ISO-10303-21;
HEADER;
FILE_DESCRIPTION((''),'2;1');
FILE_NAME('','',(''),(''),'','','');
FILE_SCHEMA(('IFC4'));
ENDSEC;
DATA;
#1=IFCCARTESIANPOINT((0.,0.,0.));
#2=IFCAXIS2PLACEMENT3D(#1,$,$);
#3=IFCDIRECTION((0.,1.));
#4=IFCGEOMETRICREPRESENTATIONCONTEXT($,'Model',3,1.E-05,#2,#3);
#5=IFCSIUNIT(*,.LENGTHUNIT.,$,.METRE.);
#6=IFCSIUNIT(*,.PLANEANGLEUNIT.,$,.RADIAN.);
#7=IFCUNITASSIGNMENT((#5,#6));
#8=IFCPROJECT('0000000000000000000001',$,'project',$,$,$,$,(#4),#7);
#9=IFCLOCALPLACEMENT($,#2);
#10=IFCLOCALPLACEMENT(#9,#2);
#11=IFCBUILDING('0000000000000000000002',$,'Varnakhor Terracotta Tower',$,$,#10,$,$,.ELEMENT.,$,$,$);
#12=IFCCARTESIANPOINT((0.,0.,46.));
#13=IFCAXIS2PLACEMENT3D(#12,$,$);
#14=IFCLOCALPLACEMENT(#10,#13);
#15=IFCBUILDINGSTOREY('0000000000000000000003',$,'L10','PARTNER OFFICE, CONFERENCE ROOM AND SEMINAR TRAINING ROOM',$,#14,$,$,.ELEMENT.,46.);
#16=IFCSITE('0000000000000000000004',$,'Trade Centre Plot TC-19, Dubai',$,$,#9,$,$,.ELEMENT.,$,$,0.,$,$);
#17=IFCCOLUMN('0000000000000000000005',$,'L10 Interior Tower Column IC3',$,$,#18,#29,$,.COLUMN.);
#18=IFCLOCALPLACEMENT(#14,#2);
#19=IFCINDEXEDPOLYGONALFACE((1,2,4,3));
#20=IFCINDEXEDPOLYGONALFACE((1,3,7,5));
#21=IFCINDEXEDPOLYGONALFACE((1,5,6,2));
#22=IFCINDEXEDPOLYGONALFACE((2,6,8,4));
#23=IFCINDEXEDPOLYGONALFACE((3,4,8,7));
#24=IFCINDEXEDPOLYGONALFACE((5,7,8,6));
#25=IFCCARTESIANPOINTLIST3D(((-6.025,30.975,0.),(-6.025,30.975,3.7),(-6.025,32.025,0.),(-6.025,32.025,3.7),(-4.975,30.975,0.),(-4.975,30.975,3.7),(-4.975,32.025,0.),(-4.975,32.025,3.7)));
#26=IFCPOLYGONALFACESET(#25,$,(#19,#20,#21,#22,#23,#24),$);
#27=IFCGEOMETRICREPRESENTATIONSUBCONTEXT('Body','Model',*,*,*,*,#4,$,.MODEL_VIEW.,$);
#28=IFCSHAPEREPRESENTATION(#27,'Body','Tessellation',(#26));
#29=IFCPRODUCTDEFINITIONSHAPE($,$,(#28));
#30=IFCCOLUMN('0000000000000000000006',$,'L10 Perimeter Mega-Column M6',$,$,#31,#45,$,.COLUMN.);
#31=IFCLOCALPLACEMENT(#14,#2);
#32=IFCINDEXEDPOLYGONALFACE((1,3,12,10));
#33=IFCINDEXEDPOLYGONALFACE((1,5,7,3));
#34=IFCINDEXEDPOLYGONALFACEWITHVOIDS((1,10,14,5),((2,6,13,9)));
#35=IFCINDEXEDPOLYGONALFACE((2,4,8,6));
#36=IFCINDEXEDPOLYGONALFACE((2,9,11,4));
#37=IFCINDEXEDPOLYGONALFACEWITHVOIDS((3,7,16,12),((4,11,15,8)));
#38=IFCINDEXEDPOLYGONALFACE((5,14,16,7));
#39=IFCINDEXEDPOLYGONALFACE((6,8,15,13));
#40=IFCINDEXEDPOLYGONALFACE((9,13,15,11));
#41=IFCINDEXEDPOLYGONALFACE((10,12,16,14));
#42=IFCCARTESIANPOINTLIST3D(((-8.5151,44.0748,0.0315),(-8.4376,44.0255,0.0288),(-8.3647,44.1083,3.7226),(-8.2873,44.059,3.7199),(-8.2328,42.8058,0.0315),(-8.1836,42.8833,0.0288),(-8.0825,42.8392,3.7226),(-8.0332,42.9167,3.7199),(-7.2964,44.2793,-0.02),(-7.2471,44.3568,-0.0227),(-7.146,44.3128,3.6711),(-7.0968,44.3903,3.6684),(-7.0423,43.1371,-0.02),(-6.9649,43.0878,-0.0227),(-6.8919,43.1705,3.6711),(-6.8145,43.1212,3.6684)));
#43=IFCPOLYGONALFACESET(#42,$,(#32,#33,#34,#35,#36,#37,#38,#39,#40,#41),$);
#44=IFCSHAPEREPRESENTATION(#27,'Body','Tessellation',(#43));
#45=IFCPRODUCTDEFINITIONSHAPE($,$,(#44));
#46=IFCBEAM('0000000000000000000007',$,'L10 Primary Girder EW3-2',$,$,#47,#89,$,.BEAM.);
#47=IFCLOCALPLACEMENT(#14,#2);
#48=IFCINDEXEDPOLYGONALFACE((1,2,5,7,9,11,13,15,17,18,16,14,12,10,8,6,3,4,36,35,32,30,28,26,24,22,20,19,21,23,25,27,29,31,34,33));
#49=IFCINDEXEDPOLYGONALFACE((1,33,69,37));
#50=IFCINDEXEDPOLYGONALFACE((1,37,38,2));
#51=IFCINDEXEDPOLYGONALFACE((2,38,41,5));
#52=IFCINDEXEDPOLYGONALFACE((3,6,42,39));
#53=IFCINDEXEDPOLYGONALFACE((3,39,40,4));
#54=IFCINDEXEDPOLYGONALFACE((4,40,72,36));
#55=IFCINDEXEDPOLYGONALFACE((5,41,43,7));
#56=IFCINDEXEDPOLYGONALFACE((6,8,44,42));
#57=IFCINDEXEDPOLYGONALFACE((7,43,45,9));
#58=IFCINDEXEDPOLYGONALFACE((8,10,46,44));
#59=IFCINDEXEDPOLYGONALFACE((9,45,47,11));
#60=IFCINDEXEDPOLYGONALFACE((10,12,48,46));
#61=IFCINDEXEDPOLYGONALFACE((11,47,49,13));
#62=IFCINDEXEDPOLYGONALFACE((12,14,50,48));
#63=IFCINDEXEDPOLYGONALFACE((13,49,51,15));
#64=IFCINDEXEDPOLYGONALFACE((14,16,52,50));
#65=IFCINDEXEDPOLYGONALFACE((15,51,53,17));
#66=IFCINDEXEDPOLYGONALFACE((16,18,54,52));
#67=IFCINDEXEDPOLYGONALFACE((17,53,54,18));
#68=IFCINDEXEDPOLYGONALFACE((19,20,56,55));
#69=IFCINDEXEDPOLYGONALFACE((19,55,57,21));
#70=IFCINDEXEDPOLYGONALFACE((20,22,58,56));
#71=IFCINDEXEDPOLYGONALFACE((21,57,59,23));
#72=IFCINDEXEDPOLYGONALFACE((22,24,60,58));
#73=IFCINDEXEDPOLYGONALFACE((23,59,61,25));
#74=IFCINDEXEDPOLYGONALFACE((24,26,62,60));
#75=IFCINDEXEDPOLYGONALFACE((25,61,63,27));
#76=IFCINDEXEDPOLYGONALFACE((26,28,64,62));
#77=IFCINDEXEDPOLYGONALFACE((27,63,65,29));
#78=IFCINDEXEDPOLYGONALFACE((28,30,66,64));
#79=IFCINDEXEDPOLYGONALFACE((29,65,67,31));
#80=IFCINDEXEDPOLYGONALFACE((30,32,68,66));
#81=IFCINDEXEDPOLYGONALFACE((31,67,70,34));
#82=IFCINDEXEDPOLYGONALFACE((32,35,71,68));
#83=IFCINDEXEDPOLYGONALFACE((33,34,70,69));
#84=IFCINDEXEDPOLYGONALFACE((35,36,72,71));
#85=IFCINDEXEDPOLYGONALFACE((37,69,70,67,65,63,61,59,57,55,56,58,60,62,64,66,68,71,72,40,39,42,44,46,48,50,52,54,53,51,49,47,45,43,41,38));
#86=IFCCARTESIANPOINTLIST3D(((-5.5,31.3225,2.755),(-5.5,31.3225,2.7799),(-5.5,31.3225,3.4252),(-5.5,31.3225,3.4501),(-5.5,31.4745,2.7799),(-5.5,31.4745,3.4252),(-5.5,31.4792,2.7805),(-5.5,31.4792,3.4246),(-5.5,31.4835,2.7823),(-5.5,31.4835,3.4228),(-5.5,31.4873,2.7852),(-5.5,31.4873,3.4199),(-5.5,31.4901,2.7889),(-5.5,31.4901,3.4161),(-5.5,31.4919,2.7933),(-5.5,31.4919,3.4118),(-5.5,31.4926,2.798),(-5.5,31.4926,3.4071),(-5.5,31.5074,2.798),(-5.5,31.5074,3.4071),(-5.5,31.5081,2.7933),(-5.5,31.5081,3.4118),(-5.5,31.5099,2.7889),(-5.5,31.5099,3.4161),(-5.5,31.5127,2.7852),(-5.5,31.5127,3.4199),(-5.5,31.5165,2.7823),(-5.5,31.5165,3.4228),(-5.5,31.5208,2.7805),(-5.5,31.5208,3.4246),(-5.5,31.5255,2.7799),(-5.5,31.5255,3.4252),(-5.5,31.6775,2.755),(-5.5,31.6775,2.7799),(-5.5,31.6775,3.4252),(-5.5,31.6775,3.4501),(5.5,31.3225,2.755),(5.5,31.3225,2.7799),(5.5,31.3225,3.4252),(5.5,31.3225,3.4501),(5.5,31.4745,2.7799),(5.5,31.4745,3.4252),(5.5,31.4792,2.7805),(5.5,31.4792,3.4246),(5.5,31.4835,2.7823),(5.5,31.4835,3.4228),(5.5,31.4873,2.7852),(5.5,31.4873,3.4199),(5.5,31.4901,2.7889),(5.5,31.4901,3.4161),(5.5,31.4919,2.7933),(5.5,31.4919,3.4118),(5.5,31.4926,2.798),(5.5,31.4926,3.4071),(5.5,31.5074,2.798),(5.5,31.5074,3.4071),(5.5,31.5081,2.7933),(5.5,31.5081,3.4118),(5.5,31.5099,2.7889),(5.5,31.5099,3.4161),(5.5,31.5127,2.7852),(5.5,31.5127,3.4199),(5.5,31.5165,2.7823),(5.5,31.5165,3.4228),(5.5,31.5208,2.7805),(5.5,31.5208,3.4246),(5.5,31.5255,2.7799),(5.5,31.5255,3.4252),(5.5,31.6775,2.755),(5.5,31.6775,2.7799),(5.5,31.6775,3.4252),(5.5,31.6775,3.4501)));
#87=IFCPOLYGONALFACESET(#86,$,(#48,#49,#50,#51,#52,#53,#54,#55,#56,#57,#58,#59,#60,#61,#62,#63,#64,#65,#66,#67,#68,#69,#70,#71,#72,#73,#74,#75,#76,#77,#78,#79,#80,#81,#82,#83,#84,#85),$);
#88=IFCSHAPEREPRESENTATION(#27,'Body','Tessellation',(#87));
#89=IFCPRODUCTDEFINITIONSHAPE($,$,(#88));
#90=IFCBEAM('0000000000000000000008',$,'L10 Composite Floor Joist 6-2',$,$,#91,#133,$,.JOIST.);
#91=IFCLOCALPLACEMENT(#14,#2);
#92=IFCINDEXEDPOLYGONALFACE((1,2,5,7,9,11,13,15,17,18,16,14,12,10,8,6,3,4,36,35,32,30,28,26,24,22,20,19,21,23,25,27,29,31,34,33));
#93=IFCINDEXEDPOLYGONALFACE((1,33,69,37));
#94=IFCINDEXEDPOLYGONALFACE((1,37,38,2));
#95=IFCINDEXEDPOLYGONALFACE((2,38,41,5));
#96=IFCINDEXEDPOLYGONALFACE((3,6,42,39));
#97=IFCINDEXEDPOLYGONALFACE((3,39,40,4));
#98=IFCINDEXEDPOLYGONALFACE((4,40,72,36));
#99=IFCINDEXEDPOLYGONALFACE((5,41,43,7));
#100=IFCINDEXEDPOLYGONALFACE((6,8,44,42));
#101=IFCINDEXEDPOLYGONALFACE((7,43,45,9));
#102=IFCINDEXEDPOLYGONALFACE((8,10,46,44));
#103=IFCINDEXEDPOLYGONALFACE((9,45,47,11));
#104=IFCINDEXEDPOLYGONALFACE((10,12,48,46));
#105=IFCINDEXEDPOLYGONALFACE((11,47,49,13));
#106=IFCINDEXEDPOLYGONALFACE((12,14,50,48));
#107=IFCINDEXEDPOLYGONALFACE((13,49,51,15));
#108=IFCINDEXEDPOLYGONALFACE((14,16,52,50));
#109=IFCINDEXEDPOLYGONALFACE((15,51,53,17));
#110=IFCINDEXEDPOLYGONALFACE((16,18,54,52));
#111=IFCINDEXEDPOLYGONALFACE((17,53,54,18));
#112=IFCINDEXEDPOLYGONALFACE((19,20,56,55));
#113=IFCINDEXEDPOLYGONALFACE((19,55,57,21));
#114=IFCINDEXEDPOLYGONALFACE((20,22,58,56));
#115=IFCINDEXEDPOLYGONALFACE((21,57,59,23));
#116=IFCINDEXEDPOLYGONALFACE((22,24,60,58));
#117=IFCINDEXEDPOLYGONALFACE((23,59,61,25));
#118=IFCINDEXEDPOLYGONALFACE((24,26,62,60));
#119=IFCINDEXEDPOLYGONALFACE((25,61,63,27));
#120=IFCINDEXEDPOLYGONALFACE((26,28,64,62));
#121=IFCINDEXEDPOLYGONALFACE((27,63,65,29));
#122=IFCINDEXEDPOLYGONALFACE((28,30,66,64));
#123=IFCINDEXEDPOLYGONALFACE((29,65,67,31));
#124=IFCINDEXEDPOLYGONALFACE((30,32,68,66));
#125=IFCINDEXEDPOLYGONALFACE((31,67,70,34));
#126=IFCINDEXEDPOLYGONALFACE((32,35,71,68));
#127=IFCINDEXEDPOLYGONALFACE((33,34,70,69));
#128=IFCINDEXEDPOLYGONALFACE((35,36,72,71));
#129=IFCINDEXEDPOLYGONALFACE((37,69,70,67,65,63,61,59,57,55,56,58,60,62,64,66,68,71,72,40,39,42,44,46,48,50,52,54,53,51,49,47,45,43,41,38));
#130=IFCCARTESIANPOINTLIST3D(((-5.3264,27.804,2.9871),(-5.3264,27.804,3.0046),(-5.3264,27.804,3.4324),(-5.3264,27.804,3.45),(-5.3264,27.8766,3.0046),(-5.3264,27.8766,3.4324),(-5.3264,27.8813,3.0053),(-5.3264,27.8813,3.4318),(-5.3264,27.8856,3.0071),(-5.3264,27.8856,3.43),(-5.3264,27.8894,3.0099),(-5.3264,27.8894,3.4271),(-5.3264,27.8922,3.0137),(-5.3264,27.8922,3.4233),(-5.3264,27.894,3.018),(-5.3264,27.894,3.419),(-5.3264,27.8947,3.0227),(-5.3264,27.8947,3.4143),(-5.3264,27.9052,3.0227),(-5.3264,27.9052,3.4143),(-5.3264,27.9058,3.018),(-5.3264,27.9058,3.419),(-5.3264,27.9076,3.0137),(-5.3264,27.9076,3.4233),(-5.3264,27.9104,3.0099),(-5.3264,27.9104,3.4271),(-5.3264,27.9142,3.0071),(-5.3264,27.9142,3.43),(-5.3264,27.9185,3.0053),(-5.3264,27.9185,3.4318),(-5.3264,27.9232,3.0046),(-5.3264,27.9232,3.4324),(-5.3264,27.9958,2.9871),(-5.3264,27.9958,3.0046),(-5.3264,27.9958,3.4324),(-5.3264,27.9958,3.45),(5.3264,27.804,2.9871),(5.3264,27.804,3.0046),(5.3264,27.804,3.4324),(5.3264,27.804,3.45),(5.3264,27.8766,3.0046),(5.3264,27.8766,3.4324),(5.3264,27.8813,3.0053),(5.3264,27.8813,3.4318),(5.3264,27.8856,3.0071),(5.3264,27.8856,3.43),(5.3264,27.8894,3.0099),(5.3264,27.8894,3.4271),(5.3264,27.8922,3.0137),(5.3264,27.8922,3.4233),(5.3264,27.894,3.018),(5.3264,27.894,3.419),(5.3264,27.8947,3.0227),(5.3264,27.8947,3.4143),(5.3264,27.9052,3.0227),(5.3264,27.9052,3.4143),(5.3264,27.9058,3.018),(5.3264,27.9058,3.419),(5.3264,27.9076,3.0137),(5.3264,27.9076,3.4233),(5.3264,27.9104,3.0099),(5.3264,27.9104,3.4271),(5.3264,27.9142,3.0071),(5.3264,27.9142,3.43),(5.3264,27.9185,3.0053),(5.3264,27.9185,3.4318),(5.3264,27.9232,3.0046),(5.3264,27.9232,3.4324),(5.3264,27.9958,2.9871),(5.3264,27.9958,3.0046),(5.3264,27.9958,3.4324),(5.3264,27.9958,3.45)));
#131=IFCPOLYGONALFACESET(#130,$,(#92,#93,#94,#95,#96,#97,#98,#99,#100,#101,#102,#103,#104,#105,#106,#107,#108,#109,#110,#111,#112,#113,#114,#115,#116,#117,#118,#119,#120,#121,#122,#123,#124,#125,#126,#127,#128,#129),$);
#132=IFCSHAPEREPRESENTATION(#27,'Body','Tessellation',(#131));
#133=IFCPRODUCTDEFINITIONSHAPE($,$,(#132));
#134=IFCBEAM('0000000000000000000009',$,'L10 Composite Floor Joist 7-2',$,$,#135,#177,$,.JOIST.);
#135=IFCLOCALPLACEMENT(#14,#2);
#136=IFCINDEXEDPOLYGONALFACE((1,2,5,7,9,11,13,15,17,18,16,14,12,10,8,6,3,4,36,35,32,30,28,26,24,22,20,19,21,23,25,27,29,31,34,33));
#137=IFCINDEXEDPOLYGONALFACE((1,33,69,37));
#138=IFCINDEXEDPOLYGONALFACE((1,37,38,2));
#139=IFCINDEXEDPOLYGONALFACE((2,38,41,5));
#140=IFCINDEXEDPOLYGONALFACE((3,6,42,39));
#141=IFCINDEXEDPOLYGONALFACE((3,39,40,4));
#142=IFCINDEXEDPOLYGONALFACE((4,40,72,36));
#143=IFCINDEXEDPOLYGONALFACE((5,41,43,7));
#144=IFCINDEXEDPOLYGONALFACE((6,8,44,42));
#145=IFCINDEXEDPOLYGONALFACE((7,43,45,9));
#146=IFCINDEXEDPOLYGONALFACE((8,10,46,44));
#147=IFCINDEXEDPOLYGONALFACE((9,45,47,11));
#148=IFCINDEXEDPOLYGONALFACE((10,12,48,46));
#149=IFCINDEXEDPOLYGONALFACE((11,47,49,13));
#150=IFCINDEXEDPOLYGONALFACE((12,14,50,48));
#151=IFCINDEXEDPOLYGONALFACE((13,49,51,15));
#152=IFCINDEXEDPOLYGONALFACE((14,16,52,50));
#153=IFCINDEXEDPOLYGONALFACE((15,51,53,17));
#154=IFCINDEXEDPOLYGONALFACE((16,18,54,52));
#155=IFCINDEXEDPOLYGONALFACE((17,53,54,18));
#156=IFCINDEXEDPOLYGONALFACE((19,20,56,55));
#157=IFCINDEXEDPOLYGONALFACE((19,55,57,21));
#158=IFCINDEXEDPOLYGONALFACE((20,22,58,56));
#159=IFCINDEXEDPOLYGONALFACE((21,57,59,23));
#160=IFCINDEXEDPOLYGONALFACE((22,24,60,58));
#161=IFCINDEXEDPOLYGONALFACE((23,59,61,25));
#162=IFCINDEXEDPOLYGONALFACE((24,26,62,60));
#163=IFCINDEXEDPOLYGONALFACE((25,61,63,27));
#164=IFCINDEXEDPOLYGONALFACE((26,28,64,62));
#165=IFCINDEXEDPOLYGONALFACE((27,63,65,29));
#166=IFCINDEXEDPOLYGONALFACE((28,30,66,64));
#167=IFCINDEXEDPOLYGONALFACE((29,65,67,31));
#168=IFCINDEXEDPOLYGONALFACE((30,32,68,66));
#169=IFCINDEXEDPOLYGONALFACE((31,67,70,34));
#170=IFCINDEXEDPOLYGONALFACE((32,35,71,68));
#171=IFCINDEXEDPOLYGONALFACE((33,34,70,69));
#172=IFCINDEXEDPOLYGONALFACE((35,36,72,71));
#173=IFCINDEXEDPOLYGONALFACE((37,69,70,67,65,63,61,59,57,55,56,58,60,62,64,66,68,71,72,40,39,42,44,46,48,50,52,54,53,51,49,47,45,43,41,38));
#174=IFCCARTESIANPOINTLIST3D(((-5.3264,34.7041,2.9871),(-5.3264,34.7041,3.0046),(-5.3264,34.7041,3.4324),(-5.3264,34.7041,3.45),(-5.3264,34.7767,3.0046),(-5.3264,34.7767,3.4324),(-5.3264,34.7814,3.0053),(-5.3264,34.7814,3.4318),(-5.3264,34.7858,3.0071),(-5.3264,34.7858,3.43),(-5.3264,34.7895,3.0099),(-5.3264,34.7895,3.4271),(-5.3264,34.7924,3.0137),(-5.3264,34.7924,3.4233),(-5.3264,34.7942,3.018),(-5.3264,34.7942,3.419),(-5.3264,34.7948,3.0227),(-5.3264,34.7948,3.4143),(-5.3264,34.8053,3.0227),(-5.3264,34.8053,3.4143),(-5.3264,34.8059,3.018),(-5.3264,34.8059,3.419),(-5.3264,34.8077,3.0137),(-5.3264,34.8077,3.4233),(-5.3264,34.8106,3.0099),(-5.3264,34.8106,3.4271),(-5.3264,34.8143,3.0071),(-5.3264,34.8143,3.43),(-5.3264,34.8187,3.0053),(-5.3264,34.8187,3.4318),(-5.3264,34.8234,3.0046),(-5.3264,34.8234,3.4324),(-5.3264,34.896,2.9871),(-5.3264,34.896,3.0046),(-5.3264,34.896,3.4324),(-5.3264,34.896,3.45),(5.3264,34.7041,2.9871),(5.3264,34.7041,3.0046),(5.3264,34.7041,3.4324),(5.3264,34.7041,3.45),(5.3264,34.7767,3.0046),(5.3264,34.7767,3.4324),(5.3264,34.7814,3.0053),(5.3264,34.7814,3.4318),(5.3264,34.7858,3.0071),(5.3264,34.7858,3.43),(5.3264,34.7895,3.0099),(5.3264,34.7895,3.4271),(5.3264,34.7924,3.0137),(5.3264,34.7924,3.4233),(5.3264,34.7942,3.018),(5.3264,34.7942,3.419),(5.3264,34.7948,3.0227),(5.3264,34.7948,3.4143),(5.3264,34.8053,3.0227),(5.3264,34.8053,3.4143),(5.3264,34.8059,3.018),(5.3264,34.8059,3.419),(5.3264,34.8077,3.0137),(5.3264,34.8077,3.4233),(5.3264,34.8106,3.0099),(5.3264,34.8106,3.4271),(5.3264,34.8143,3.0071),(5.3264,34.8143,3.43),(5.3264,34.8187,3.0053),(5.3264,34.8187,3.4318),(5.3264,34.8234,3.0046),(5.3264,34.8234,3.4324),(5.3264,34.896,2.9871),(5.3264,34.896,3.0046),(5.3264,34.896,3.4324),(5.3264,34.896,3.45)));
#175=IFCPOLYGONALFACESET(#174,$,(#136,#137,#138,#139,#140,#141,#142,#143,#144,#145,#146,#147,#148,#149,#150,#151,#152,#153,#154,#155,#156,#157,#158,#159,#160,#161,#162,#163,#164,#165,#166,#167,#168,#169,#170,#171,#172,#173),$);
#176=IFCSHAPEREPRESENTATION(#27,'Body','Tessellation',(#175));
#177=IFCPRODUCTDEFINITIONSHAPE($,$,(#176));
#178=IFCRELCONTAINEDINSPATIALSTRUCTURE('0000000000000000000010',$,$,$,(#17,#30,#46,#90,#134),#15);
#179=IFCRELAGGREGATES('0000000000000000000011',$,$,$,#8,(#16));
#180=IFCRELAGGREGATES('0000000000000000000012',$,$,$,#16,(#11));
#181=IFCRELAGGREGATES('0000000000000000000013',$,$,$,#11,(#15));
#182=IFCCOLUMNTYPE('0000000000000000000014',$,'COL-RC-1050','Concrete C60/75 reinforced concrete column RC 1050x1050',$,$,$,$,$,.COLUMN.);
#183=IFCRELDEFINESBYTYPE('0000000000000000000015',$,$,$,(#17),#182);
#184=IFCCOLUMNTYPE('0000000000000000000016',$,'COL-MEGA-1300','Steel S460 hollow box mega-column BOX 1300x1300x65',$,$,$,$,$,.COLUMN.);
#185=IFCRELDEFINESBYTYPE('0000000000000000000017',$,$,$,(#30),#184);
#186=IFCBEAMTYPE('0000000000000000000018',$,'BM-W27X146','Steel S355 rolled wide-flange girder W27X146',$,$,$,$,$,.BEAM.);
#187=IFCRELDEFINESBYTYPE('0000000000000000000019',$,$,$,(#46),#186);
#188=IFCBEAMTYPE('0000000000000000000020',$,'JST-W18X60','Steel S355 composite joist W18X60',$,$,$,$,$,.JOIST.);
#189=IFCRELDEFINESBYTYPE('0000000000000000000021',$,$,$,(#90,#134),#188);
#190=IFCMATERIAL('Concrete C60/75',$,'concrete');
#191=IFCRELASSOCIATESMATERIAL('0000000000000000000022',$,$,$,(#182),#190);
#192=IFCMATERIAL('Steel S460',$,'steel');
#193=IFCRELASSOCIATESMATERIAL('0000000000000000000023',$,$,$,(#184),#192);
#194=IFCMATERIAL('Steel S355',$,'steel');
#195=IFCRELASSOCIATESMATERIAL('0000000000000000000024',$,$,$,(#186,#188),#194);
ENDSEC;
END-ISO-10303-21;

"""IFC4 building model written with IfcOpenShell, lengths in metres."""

from ifc_helpers import new_model, si_unit, direction, frame, origin, origin_2d, place, context, subcontext, project, spatial, rectangle, hollow_rectangle, i_section, extrude, source, transform, mapped, material, material_profile, profile_set, type_object, element, save


model = new_model("IFC4")

# Units and contexts
model_context = context("Model", 3, precision=1e-05, world=origin(), true_north=direction((0.0, 1.0)))
body_context = subcontext(model_context, "Body", "Model", "MODEL_VIEW")
ifc_project = project(units=[si_unit("LENGTHUNIT", "METRE"), si_unit("PLANEANGLEUNIT", "RADIAN")], contexts=[model_context])

# Site, building, storey
site_placement = place(None, origin())
site = spatial("IfcSite", under=ifc_project, at=site_placement, Name="Trade Centre Plot TC-19, Dubai", CompositionType="ELEMENT", RefElevation=0.0)
building_placement = place(site_placement, origin())
building = spatial("IfcBuilding", under=site, at=building_placement, Name="Varnakhor Terracotta Tower", CompositionType="ELEMENT")
storey_placement = place(building_placement, frame((0.0, 0.0, 46.0)))
storey = spatial("IfcBuildingStorey", under=building, at=storey_placement, Name="L10", Description="PARTNER OFFICE, CONFERENCE ROOM AND SEMINAR TRAINING ROOM", CompositionType="ELEMENT", Elevation=46.0)

# Columns
ifc_material_1 = material(Name="Concrete C60/75", Category="concrete")
ifc_material_profile_1 = material_profile(ifc_material_1, rectangle(XDim=1.05, YDim=1.05, at=origin_2d()), Name="RC 1050x1050")
ifc_profile_set_1 = profile_set([ifc_material_profile_1], Name="Concrete C60/75")
column_type_1 = type_object("IfcColumnType", Name="COL-RC-1050", Description="Concrete C60/75 reinforced concrete column RC 1050x1050", PredefinedType="COLUMN", material=ifc_profile_set_1)
shared_shape_1 = source(origin(), body_context, "Body", "SweptSolid", [
    extrude(rectangle(XDim=1.05, YDim=1.05, at=origin_2d()), origin(), (0.0, 0.0, 1.0), 3.7),
])
column_1_placement = place(storey_placement, frame((-5.5, 31.5, 0.0), z_axis=(0.0, 0.0, 1.0), x_axis=(1.0, 0.0, 0.0)))
element("IfcColumn", 1, at=column_1_placement, inside=storey, type_object=column_type_1, Name="L10 Interior Tower Column IC3", PredefinedType="COLUMN", context=body_context, shape_type="MappedRepresentation", body=[
    mapped(shared_shape_1, transform((0.0, 0.0, 0.0), scale=1.0)),
])
ifc_material_2 = material(Name="Steel S460", Category="steel")
ifc_material_profile_2 = material_profile(ifc_material_2, hollow_rectangle(XDim=1.3, YDim=1.3, WallThickness=0.0649, at=origin_2d()), Name="BOX 1300x1300x65")
ifc_profile_set_2 = profile_set([ifc_material_profile_2], Name="Steel S460")
column_type_2 = type_object("IfcColumnType", Name="COL-MEGA-1300", Description="Steel S460 hollow box mega-column BOX 1300x1300x65", PredefinedType="COLUMN", material=ifc_profile_set_2)
shared_shape_2 = source(origin(), body_context, "Body", "SweptSolid", [
    extrude(hollow_rectangle(XDim=1.3, YDim=1.3, WallThickness=0.0649, at=origin_2d()), origin(), (0.0, 0.0, 1.0), 3.6943),
])
column_2_placement = place(storey_placement, frame((-7.74, 43.5813, 0.0044), z_axis=(0.040708, 0.009054, 0.99913), x_axis=(-0.217098, 0.97615, 0.0)))
element("IfcColumn", 2, at=column_2_placement, inside=storey, type_object=column_type_2, Name="L10 Perimeter Mega-Column M6", PredefinedType="COLUMN", context=body_context, shape_type="MappedRepresentation", body=[
    mapped(shared_shape_2, transform((0.0, 0.0, 0.0), scale=1.0)),
])

# Beams
ifc_material_3 = material(Name="Steel S355", Category="steel")
ifc_material_profile_3 = material_profile(ifc_material_3, i_section(OverallWidth=0.355, OverallDepth=0.6951, WebThickness=0.0149, FlangeThickness=0.0249, FilletRadius=0.0181, at=origin_2d()), Name="W27X146")
ifc_profile_set_3 = profile_set([ifc_material_profile_3], Name="Steel S355")
beam_type_1 = type_object("IfcBeamType", Name="BM-W27X146", Description="Steel S355 rolled wide-flange girder W27X146", PredefinedType="BEAM", material=ifc_profile_set_3)
shared_shape_3 = source(origin(), body_context, "Body", "SweptSolid", [
    extrude(i_section(OverallWidth=0.355, OverallDepth=0.6951, WebThickness=0.0149, FlangeThickness=0.0249, FilletRadius=0.0181, at=origin_2d()), origin(), (0.0, 0.0, 1.0), 11.0),
])
beam_1_placement = place(storey_placement, frame((-5.5, 31.5, 3.1025), z_axis=(1.0, 0.0, 0.0), x_axis=(0.0, 1.0, 0.0)))
element("IfcBeam", 3, at=beam_1_placement, inside=storey, type_object=beam_type_1, Name="L10 Primary Girder EW3-2", PredefinedType="BEAM", context=body_context, shape_type="MappedRepresentation", body=[
    mapped(shared_shape_3, transform((0.0, 0.0, 0.0), scale=1.0)),
])
ifc_material_profile_4 = material_profile(ifc_material_3, i_section(OverallWidth=0.1919, OverallDepth=0.4629, WebThickness=0.0105, FlangeThickness=0.0176, FilletRadius=0.0181, at=origin_2d()), Name="W18X60")
ifc_profile_set_4 = profile_set([ifc_material_profile_4], Name="Steel S355")
beam_type_2 = type_object("IfcBeamType", Name="JST-W18X60", Description="Steel S355 composite joist W18X60", PredefinedType="JOIST", material=ifc_profile_set_4)
shared_shape_4 = source(origin(), body_context, "Body", "SweptSolid", [
    extrude(i_section(OverallWidth=0.1919, OverallDepth=0.4629, WebThickness=0.0105, FlangeThickness=0.0176, FilletRadius=0.0181, at=origin_2d()), origin(), (0.0, 0.0, 1.0), 10.6528),
])
for number, where, z_axis, x_axis, name in (
    (4, (-5.3264, 27.8999, 3.2185), (1.0, 0.0, 0.0), (0.0, 1.0, 0.0), "L10 Composite Floor Joist 6-2"),
    (5, (-5.3264, 34.8, 3.2185), (1.0, 0.0, 0.0), (0.0, 1.0, 0.0), "L10 Composite Floor Joist 7-2"),
):
    element("IfcBeam", number, at=place(storey_placement, frame(where, z_axis=z_axis, x_axis=x_axis)), inside=storey, type_object=beam_type_2, Name=name, PredefinedType="JOIST", context=body_context, shape_type="MappedRepresentation", body=[
        mapped(shared_shape_4, transform((0.0, 0.0, 0.0), scale=1.0)),
    ])

save(model, "model.ifc")
